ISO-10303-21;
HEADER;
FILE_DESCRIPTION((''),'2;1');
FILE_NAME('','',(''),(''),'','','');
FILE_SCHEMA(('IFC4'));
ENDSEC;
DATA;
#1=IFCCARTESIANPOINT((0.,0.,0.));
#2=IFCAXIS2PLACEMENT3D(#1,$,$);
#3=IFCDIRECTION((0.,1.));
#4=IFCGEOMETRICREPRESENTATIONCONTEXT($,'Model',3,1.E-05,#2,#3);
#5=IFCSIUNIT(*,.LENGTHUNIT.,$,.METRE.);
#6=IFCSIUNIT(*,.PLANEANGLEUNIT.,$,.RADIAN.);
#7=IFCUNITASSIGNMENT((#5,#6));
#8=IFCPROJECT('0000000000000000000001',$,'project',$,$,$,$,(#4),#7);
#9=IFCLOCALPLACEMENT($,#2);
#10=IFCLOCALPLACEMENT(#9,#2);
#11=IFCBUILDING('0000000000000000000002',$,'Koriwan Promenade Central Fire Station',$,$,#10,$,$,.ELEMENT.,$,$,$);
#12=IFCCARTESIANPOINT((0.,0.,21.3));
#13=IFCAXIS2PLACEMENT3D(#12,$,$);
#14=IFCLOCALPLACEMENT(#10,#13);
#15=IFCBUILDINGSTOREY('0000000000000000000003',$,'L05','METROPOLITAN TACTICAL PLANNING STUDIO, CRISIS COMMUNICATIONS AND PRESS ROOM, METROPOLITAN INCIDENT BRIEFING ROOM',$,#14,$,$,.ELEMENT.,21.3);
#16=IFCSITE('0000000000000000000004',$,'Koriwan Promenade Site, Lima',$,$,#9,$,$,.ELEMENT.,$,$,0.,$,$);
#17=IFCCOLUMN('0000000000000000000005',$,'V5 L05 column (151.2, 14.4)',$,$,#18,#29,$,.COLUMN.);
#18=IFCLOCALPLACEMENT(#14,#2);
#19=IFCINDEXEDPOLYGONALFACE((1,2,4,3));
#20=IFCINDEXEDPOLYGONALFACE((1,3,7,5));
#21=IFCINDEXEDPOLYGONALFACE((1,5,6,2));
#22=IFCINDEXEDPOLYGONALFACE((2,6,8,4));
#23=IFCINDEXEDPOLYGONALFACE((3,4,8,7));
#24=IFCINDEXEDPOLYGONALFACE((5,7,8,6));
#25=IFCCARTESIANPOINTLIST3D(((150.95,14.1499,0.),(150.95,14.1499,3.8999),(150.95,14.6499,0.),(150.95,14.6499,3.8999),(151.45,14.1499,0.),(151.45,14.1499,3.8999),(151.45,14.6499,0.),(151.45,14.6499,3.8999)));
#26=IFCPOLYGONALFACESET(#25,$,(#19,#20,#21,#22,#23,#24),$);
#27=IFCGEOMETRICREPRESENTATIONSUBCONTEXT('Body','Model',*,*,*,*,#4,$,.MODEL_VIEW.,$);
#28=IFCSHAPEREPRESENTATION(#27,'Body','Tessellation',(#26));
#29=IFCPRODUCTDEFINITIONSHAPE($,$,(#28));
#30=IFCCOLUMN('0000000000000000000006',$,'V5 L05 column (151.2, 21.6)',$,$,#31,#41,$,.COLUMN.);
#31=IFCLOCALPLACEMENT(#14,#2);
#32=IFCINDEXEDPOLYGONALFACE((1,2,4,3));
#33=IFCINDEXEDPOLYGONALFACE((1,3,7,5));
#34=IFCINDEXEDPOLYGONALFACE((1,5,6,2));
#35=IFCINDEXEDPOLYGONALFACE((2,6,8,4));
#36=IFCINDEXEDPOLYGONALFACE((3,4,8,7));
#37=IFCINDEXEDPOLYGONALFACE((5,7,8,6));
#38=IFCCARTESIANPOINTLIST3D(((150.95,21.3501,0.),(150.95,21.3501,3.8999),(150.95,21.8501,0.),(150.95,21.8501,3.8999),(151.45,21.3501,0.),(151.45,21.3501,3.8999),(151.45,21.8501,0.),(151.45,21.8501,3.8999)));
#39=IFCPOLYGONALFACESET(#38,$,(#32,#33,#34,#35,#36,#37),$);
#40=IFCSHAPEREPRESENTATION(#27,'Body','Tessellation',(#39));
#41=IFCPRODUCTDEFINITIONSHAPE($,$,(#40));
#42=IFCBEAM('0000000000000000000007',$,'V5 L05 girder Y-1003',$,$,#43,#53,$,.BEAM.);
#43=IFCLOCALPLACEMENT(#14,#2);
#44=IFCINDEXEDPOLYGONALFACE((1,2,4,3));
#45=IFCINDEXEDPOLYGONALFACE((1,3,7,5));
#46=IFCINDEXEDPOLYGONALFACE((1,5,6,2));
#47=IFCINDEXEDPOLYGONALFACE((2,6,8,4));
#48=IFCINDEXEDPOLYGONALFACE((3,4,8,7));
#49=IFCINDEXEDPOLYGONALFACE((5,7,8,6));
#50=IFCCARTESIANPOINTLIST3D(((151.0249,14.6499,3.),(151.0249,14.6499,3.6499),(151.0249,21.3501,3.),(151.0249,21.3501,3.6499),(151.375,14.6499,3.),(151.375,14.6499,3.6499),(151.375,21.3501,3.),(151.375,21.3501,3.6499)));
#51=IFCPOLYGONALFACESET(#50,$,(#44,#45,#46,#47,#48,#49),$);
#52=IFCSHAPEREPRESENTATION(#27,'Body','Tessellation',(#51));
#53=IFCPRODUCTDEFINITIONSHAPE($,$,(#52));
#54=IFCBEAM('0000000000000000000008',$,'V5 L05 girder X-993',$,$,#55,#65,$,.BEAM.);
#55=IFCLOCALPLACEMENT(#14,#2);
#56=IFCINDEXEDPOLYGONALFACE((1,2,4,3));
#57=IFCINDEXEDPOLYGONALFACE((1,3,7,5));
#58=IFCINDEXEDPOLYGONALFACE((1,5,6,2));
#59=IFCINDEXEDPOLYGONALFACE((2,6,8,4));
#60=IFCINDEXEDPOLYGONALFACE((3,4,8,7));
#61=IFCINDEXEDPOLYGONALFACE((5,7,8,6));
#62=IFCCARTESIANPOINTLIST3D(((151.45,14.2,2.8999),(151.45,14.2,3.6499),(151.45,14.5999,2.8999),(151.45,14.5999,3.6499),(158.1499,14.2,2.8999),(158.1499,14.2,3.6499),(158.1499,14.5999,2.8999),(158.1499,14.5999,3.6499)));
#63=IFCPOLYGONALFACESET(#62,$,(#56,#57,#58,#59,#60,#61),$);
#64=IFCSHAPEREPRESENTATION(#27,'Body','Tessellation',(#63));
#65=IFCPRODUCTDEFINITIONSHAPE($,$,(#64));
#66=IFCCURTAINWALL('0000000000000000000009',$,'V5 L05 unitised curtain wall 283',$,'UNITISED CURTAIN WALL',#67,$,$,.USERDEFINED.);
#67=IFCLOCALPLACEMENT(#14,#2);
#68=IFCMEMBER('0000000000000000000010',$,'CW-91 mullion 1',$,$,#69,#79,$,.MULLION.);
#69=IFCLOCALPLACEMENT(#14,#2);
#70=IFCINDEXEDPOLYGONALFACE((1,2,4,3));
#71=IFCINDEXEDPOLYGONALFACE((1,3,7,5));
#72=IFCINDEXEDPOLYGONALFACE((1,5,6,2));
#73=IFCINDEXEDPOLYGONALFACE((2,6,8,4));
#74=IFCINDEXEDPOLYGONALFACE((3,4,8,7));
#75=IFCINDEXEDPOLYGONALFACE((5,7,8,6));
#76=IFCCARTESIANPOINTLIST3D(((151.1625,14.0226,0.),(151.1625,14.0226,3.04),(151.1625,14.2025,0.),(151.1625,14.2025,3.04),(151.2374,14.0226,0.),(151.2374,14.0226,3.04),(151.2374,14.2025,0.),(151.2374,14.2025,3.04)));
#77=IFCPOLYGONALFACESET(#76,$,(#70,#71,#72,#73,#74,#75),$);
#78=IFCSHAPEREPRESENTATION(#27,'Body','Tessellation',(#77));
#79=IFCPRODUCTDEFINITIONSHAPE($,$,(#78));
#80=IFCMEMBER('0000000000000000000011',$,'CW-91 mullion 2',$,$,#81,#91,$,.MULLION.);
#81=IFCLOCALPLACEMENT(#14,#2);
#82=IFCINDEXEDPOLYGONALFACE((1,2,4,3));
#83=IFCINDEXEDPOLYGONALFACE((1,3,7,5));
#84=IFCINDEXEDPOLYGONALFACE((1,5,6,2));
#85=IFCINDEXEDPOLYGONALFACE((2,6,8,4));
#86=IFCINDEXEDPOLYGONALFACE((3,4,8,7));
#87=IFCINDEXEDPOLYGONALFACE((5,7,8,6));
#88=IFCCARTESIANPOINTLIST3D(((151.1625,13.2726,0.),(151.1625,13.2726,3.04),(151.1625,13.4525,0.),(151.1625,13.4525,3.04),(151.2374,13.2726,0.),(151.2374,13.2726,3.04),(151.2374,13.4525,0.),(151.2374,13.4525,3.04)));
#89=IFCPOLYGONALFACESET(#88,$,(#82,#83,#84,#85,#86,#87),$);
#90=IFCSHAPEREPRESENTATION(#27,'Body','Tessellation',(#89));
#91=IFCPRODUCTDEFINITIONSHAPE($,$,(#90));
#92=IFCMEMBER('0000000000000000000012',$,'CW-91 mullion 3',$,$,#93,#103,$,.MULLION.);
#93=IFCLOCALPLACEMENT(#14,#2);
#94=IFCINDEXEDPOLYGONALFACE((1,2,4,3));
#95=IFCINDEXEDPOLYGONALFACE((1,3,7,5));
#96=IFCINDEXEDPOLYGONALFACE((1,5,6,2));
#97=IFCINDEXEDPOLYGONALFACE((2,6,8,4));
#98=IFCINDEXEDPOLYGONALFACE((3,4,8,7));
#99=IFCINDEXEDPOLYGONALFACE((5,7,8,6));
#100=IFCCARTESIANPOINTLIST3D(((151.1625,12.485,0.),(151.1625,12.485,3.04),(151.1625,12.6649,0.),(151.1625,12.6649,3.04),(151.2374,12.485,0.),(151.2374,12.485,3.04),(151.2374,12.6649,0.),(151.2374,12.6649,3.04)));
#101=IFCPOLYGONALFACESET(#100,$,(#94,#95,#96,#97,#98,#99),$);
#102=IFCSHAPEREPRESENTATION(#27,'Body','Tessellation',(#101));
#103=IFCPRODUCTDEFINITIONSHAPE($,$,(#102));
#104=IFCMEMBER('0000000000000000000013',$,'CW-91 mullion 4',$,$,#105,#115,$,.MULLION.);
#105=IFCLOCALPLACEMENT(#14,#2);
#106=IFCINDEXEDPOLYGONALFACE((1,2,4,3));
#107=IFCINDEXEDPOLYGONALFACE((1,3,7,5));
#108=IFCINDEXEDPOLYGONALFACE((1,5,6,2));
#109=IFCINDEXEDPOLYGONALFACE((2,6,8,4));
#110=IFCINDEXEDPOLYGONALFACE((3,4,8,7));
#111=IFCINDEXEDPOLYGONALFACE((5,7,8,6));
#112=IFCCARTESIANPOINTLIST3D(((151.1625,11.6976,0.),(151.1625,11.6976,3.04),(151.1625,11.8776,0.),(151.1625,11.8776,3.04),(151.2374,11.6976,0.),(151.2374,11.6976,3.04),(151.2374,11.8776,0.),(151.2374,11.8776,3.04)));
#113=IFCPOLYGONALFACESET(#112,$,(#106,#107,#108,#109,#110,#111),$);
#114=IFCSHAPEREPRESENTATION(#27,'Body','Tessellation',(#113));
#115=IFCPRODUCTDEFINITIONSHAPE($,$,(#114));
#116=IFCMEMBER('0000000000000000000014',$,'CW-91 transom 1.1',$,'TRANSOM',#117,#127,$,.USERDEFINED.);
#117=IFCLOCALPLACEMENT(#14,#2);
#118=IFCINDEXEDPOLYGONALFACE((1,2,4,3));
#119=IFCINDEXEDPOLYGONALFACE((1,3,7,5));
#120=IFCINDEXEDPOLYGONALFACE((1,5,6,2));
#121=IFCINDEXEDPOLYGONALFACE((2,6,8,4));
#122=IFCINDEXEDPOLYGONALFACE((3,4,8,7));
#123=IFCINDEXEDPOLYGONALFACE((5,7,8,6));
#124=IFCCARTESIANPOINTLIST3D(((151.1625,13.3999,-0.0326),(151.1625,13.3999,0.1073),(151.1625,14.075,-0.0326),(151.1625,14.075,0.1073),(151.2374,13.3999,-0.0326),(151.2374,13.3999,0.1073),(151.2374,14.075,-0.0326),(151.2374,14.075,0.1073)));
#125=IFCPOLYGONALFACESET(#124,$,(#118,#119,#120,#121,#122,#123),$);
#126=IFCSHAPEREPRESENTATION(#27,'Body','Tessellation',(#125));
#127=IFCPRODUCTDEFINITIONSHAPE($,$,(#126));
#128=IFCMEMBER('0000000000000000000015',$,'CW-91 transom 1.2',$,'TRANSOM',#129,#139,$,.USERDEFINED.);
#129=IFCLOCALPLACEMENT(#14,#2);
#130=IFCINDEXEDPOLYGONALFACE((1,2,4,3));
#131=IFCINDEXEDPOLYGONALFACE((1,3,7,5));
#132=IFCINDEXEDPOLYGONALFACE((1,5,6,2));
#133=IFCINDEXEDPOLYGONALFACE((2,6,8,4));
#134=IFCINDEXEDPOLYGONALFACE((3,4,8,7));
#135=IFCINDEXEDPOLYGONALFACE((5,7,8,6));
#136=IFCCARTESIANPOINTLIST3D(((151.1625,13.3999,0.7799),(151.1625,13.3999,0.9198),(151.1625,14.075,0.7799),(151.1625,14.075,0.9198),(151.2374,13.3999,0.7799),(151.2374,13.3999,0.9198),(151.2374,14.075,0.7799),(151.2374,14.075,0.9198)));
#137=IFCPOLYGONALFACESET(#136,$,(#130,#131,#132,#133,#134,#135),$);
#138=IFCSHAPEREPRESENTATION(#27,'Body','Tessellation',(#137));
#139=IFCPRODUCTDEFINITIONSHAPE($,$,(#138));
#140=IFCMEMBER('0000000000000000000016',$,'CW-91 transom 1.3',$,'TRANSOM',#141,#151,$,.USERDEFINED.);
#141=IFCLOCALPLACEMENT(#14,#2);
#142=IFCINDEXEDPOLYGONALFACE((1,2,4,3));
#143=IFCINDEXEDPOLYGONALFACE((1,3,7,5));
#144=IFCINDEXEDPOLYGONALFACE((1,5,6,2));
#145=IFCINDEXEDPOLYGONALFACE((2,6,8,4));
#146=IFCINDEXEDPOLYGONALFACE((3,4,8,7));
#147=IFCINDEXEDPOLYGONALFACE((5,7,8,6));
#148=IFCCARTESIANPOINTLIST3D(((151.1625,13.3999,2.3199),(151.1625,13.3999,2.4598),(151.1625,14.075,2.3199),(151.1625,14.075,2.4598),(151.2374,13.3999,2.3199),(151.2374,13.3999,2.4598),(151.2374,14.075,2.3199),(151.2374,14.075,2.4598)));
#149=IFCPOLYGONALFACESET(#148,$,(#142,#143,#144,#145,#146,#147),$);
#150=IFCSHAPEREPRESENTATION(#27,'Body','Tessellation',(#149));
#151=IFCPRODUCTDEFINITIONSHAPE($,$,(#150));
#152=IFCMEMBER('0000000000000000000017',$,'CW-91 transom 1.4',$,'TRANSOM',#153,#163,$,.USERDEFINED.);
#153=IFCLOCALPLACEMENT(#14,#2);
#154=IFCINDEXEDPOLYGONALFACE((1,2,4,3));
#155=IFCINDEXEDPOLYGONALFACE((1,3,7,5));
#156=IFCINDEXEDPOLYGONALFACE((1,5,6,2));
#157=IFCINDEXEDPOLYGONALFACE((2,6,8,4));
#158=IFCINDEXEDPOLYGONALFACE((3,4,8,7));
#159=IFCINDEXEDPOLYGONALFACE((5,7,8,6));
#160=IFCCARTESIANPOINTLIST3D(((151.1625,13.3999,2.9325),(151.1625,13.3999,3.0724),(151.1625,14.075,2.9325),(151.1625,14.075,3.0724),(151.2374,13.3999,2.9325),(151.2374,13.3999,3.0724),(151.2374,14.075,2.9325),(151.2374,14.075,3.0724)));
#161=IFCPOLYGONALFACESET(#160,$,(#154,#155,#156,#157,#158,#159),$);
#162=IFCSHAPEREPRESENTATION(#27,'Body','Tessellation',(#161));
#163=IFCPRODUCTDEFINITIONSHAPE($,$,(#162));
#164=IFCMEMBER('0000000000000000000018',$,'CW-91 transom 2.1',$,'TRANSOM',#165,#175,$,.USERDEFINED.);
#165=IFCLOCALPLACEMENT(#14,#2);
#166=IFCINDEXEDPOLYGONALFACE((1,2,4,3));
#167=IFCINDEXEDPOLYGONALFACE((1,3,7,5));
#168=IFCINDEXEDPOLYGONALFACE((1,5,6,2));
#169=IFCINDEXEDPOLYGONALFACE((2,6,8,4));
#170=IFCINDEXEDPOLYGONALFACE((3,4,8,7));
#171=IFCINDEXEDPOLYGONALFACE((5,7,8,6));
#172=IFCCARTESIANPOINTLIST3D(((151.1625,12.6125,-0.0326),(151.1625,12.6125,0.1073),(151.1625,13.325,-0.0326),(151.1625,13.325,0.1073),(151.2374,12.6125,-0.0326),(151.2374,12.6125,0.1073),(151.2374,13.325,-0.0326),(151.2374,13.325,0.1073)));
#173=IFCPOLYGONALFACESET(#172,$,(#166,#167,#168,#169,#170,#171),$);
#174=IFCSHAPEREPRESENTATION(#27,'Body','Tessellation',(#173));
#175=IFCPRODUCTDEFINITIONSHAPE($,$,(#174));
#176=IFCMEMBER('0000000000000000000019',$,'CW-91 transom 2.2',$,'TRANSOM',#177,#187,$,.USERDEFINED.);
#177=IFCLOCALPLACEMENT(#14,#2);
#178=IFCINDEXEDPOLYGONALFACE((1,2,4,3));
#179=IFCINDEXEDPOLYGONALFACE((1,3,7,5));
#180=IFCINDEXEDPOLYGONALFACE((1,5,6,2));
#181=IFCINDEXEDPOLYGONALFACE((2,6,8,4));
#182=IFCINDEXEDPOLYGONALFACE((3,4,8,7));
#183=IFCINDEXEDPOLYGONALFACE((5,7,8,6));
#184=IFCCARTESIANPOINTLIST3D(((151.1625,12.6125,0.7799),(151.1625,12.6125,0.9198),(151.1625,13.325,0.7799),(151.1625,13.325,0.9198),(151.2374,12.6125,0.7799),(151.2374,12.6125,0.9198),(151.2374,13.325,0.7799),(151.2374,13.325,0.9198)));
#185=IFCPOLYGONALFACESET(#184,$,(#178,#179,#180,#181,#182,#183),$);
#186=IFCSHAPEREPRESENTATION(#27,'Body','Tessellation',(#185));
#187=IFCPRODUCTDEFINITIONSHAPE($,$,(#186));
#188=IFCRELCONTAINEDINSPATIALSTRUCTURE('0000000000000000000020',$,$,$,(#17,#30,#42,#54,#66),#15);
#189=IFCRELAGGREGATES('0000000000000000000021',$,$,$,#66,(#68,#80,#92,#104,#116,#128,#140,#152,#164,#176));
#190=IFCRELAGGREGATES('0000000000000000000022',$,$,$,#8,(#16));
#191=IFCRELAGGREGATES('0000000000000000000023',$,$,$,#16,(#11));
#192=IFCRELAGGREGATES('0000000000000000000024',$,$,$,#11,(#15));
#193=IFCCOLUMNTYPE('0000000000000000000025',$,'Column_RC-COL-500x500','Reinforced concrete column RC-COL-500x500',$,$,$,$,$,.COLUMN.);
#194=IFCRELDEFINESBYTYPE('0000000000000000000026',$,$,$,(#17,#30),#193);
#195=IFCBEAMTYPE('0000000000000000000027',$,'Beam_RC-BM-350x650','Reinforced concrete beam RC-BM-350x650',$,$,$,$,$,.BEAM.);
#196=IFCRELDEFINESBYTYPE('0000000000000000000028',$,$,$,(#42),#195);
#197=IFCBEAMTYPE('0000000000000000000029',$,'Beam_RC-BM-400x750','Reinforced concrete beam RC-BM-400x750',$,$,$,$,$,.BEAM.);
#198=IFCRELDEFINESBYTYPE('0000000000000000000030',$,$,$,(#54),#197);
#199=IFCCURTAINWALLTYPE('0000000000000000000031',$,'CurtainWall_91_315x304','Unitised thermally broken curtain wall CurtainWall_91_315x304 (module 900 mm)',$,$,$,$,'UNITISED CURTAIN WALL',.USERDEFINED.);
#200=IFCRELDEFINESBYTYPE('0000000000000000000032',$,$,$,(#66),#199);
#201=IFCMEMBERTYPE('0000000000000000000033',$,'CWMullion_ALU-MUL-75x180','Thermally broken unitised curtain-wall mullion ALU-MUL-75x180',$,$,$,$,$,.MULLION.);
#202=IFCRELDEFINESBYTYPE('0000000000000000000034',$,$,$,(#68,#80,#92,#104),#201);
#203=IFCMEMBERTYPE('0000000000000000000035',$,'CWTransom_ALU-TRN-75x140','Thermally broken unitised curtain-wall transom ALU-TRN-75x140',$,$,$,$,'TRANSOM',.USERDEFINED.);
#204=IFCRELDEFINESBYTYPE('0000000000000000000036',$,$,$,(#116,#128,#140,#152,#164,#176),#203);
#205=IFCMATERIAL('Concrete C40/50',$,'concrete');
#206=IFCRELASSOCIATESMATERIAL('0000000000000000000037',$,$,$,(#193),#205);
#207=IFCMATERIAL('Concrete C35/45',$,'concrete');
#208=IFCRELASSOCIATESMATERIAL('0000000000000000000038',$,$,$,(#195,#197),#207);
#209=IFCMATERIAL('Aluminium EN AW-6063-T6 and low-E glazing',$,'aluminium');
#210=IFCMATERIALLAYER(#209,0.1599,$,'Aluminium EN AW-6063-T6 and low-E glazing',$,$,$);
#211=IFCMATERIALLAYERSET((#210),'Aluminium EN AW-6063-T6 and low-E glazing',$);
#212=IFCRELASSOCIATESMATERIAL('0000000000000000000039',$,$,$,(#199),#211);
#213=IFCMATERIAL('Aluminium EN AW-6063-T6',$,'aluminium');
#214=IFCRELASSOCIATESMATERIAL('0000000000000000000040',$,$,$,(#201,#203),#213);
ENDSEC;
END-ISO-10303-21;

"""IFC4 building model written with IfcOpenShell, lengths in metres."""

from ifc_helpers import new_model, si_unit, direction, frame, origin, origin_2d, place, context, subcontext, project, spatial, rectangle, extrude, material, layer, layer_set, material_profile, profile_set, type_object, element, aggregate, save


model = new_model("IFC4")

# Units and contexts
model_context = context("Model", 3, precision=1e-05, world=origin(), true_north=direction((0.0, 1.0)))
body_context = subcontext(model_context, "Body", "Model", "MODEL_VIEW")
ifc_project = project(units=[si_unit("LENGTHUNIT", "METRE"), si_unit("PLANEANGLEUNIT", "RADIAN")], contexts=[model_context])

# Site, building, storey
site_placement = place(None, origin())
site = spatial("IfcSite", under=ifc_project, at=site_placement, Name="Koriwan Promenade Site, Lima", CompositionType="ELEMENT", RefElevation=0.0)
building_placement = place(site_placement, origin())
building = spatial("IfcBuilding", under=site, at=building_placement, Name="Koriwan Promenade Central Fire Station", CompositionType="ELEMENT")
storey_placement = place(building_placement, frame((0.0, 0.0, 21.3)))
storey = spatial("IfcBuildingStorey", under=building, at=storey_placement, Name="L05", Description="METROPOLITAN TACTICAL PLANNING STUDIO, CRISIS COMMUNICATIONS AND PRESS ROOM, METROPOLITAN INCIDENT BRIEFING ROOM", CompositionType="ELEMENT", Elevation=21.3)

# Columns
ifc_material_1 = material(Name="Concrete C40/50", Category="concrete")
ifc_material_profile_1 = material_profile(ifc_material_1, rectangle(XDim=0.5, YDim=0.5, at=origin_2d()), Name="RC-COL-500x500")
ifc_profile_set_1 = profile_set([ifc_material_profile_1], Name="Concrete C40/50")
column_type = type_object("IfcColumnType", Name="Column_RC-COL-500x500", Description="Reinforced concrete column RC-COL-500x500", PredefinedType="COLUMN", material=ifc_profile_set_1)
for number, where, z_axis, x_axis, name in (
    (1, (151.2, 14.3999, 0.0), (0.0, 0.0, 1.0), (1.0, 0.0, 0.0), "V5 L05 column (151.2, 14.4)"),
    (2, (151.2, 21.6001, 0.0), (0.0, 0.0, 1.0), (1.0, 0.0, 0.0), "V5 L05 column (151.2, 21.6)"),
):
    element("IfcColumn", number, at=place(storey_placement, frame(where, z_axis=z_axis, x_axis=x_axis)), inside=storey, type_object=column_type, Name=name, PredefinedType="COLUMN", context=body_context, shape_type="SweptSolid", body=[
        extrude(rectangle(XDim=0.5, YDim=0.5, at=origin_2d()), origin(), (0.0, 0.0, 1.0), 3.8999),
    ])

# Beams
ifc_material_2 = material(Name="Concrete C35/45", Category="concrete")
ifc_material_profile_2 = material_profile(ifc_material_2, rectangle(XDim=0.3501, YDim=0.6499, at=origin_2d()), Name="RC-BM-350x650")
ifc_profile_set_2 = profile_set([ifc_material_profile_2], Name="Concrete C35/45")
beam_type_1 = type_object("IfcBeamType", Name="Beam_RC-BM-350x650", Description="Reinforced concrete beam RC-BM-350x650", PredefinedType="BEAM", material=ifc_profile_set_2)
beam_1_placement = place(storey_placement, frame((151.2, 14.6499, 3.325), z_axis=(0.0, 1.0, 0.0), x_axis=(-1.0, 0.0, 0.0)))
element("IfcBeam", 3, at=beam_1_placement, inside=storey, type_object=beam_type_1, Name="V5 L05 girder Y-1003", PredefinedType="BEAM", context=body_context, shape_type="SweptSolid", body=[
    extrude(rectangle(XDim=0.3501, YDim=0.6499, at=origin_2d()), origin(), (0.0, 0.0, 1.0), 6.7002),
])
ifc_material_profile_3 = material_profile(ifc_material_2, rectangle(XDim=0.3999, YDim=0.75, at=origin_2d()), Name="RC-BM-400x750")
ifc_profile_set_3 = profile_set([ifc_material_profile_3], Name="Concrete C35/45")
beam_type_2 = type_object("IfcBeamType", Name="Beam_RC-BM-400x750", Description="Reinforced concrete beam RC-BM-400x750", PredefinedType="BEAM", material=ifc_profile_set_3)
beam_2_placement = place(storey_placement, frame((151.45, 14.3999, 3.2749), z_axis=(1.0, 0.0, 0.0), x_axis=(0.0, 1.0, 0.0)))
element("IfcBeam", 4, at=beam_2_placement, inside=storey, type_object=beam_type_2, Name="V5 L05 girder X-993", PredefinedType="BEAM", context=body_context, shape_type="SweptSolid", body=[
    extrude(rectangle(XDim=0.3999, YDim=0.75, at=origin_2d()), origin(), (0.0, 0.0, 1.0), 6.7),
])

# Curtain wall, members
ifc_material_3 = material(Name="Aluminium EN AW-6063-T6 and low-E glazing", Category="aluminium")
ifc_layer_1 = layer(ifc_material_3, 0.1599, Name="Aluminium EN AW-6063-T6 and low-E glazing")
ifc_layer_set_1 = layer_set([ifc_layer_1], Name="Aluminium EN AW-6063-T6 and low-E glazing")
curtain_wall_type = type_object("IfcCurtainWallType", Name="CurtainWall_91_315x304", Description="Unitised thermally broken curtain wall CurtainWall_91_315x304 (module 900 mm)", ElementType="UNITISED CURTAIN WALL", PredefinedType="USERDEFINED", material=ifc_layer_set_1)
curtain_wall_placement = place(storey_placement, origin())
curtain_wall = element("IfcCurtainWall", 5, at=curtain_wall_placement, inside=storey, type_object=curtain_wall_type, Name="V5 L05 unitised curtain wall 283", ObjectType="UNITISED CURTAIN WALL", PredefinedType="USERDEFINED")
ifc_material_4 = material(Name="Aluminium EN AW-6063-T6", Category="aluminium")
ifc_material_profile_4 = material_profile(ifc_material_4, rectangle(XDim=0.075, YDim=0.1799, at=origin_2d()), Name="ALU-MUL-75x180")
ifc_profile_set_4 = profile_set([ifc_material_profile_4], Name="Aluminium EN AW-6063-T6")
member_type_1 = type_object("IfcMemberType", Name="CWMullion_ALU-MUL-75x180", Description="Thermally broken unitised curtain-wall mullion ALU-MUL-75x180", PredefinedType="MULLION", material=ifc_profile_set_4)
member_1_placement = place(storey_placement, frame((151.2, 14.1125, 0.0), z_axis=(0.0, 0.0, 1.0), x_axis=(1.0, 0.0, 0.0)))
member_1 = element("IfcMember", 6, at=member_1_placement, type_object=member_type_1, Name="CW-91 mullion 1", PredefinedType="MULLION", context=body_context, shape_type="SweptSolid", body=[
    extrude(rectangle(XDim=0.075, YDim=0.1799, at=origin_2d()), origin(), (0.0, 0.0, 1.0), 3.04),
])
member_2_placement = place(storey_placement, frame((151.2, 13.3625, 0.0), z_axis=(0.0, 0.0, 1.0), x_axis=(1.0, 0.0, 0.0)))
member_2 = element("IfcMember", 7, at=member_2_placement, type_object=member_type_1, Name="CW-91 mullion 2", PredefinedType="MULLION", context=body_context, shape_type="SweptSolid", body=[
    extrude(rectangle(XDim=0.075, YDim=0.1799, at=origin_2d()), origin(), (0.0, 0.0, 1.0), 3.04),
])
member_3_placement = place(storey_placement, frame((151.2, 12.575, 0.0), z_axis=(0.0, 0.0, 1.0), x_axis=(1.0, 0.0, 0.0)))
member_3 = element("IfcMember", 8, at=member_3_placement, type_object=member_type_1, Name="CW-91 mullion 3", PredefinedType="MULLION", context=body_context, shape_type="SweptSolid", body=[
    extrude(rectangle(XDim=0.075, YDim=0.1799, at=origin_2d()), origin(), (0.0, 0.0, 1.0), 3.04),
])
member_4_placement = place(storey_placement, frame((151.2, 11.7876, 0.0), z_axis=(0.0, 0.0, 1.0), x_axis=(1.0, 0.0, 0.0)))
member_4 = element("IfcMember", 9, at=member_4_placement, type_object=member_type_1, Name="CW-91 mullion 4", PredefinedType="MULLION", context=body_context, shape_type="SweptSolid", body=[
    extrude(rectangle(XDim=0.075, YDim=0.1799, at=origin_2d()), origin(), (0.0, 0.0, 1.0), 3.04),
])
ifc_material_profile_5 = material_profile(ifc_material_4, rectangle(XDim=0.075, YDim=0.1399, at=origin_2d()), Name="ALU-TRN-75x140")
ifc_profile_set_5 = profile_set([ifc_material_profile_5], Name="Aluminium EN AW-6063-T6")
member_type_2 = type_object("IfcMemberType", Name="CWTransom_ALU-TRN-75x140", Description="Thermally broken unitised curtain-wall transom ALU-TRN-75x140", ElementType="TRANSOM", PredefinedType="USERDEFINED", material=ifc_profile_set_5)
member_5_placement = place(storey_placement, frame((151.2, 14.075, 0.0374), z_axis=(0.0, -1.0, 0.0), x_axis=(1.0, 0.0, 0.0)))
member_5 = element("IfcMember", 10, at=member_5_placement, type_object=member_type_2, Name="CW-91 transom 1.1", ObjectType="TRANSOM", PredefinedType="USERDEFINED", context=body_context, shape_type="SweptSolid", body=[
    extrude(rectangle(XDim=0.075, YDim=0.1399, at=origin_2d()), origin(), (0.0, 0.0, 1.0), 0.675),
])
member_6_placement = place(storey_placement, frame((151.2, 14.075, 0.8499), z_axis=(0.0, -1.0, 0.0), x_axis=(1.0, 0.0, 0.0)))
member_6 = element("IfcMember", 11, at=member_6_placement, type_object=member_type_2, Name="CW-91 transom 1.2", ObjectType="TRANSOM", PredefinedType="USERDEFINED", context=body_context, shape_type="SweptSolid", body=[
    extrude(rectangle(XDim=0.075, YDim=0.1399, at=origin_2d()), origin(), (0.0, 0.0, 1.0), 0.675),
])
member_7_placement = place(storey_placement, frame((151.2, 14.075, 2.3899), z_axis=(0.0, -1.0, 0.0), x_axis=(1.0, 0.0, 0.0)))
member_7 = element("IfcMember", 12, at=member_7_placement, type_object=member_type_2, Name="CW-91 transom 1.3", ObjectType="TRANSOM", PredefinedType="USERDEFINED", context=body_context, shape_type="SweptSolid", body=[
    extrude(rectangle(XDim=0.075, YDim=0.1399, at=origin_2d()), origin(), (0.0, 0.0, 1.0), 0.675),
])
member_8_placement = place(storey_placement, frame((151.2, 14.075, 3.0024), z_axis=(0.0, -1.0, 0.0), x_axis=(1.0, 0.0, 0.0)))
member_8 = element("IfcMember", 13, at=member_8_placement, type_object=member_type_2, Name="CW-91 transom 1.4", ObjectType="TRANSOM", PredefinedType="USERDEFINED", context=body_context, shape_type="SweptSolid", body=[
    extrude(rectangle(XDim=0.075, YDim=0.1399, at=origin_2d()), origin(), (0.0, 0.0, 1.0), 0.675),
])
member_9_placement = place(storey_placement, frame((151.2, 13.325, 0.0374), z_axis=(0.0, -1.0, 0.0), x_axis=(1.0, 0.0, 0.0)))
member_9 = element("IfcMember", 14, at=member_9_placement, type_object=member_type_2, Name="CW-91 transom 2.1", ObjectType="TRANSOM", PredefinedType="USERDEFINED", context=body_context, shape_type="SweptSolid", body=[
    extrude(rectangle(XDim=0.075, YDim=0.1399, at=origin_2d()), origin(), (0.0, 0.0, 1.0), 0.7124),
])
member_10_placement = place(storey_placement, frame((151.2, 13.325, 0.8499), z_axis=(0.0, -1.0, 0.0), x_axis=(1.0, 0.0, 0.0)))
member_10 = element("IfcMember", 15, at=member_10_placement, type_object=member_type_2, Name="CW-91 transom 2.2", ObjectType="TRANSOM", PredefinedType="USERDEFINED", context=body_context, shape_type="SweptSolid", body=[
    extrude(rectangle(XDim=0.075, YDim=0.1399, at=origin_2d()), origin(), (0.0, 0.0, 1.0), 0.7124),
])
aggregate(curtain_wall, [member_1, member_2, member_3, member_4, member_5, member_6, member_7, member_8, member_9, member_10])

save(model, "model.ifc")
